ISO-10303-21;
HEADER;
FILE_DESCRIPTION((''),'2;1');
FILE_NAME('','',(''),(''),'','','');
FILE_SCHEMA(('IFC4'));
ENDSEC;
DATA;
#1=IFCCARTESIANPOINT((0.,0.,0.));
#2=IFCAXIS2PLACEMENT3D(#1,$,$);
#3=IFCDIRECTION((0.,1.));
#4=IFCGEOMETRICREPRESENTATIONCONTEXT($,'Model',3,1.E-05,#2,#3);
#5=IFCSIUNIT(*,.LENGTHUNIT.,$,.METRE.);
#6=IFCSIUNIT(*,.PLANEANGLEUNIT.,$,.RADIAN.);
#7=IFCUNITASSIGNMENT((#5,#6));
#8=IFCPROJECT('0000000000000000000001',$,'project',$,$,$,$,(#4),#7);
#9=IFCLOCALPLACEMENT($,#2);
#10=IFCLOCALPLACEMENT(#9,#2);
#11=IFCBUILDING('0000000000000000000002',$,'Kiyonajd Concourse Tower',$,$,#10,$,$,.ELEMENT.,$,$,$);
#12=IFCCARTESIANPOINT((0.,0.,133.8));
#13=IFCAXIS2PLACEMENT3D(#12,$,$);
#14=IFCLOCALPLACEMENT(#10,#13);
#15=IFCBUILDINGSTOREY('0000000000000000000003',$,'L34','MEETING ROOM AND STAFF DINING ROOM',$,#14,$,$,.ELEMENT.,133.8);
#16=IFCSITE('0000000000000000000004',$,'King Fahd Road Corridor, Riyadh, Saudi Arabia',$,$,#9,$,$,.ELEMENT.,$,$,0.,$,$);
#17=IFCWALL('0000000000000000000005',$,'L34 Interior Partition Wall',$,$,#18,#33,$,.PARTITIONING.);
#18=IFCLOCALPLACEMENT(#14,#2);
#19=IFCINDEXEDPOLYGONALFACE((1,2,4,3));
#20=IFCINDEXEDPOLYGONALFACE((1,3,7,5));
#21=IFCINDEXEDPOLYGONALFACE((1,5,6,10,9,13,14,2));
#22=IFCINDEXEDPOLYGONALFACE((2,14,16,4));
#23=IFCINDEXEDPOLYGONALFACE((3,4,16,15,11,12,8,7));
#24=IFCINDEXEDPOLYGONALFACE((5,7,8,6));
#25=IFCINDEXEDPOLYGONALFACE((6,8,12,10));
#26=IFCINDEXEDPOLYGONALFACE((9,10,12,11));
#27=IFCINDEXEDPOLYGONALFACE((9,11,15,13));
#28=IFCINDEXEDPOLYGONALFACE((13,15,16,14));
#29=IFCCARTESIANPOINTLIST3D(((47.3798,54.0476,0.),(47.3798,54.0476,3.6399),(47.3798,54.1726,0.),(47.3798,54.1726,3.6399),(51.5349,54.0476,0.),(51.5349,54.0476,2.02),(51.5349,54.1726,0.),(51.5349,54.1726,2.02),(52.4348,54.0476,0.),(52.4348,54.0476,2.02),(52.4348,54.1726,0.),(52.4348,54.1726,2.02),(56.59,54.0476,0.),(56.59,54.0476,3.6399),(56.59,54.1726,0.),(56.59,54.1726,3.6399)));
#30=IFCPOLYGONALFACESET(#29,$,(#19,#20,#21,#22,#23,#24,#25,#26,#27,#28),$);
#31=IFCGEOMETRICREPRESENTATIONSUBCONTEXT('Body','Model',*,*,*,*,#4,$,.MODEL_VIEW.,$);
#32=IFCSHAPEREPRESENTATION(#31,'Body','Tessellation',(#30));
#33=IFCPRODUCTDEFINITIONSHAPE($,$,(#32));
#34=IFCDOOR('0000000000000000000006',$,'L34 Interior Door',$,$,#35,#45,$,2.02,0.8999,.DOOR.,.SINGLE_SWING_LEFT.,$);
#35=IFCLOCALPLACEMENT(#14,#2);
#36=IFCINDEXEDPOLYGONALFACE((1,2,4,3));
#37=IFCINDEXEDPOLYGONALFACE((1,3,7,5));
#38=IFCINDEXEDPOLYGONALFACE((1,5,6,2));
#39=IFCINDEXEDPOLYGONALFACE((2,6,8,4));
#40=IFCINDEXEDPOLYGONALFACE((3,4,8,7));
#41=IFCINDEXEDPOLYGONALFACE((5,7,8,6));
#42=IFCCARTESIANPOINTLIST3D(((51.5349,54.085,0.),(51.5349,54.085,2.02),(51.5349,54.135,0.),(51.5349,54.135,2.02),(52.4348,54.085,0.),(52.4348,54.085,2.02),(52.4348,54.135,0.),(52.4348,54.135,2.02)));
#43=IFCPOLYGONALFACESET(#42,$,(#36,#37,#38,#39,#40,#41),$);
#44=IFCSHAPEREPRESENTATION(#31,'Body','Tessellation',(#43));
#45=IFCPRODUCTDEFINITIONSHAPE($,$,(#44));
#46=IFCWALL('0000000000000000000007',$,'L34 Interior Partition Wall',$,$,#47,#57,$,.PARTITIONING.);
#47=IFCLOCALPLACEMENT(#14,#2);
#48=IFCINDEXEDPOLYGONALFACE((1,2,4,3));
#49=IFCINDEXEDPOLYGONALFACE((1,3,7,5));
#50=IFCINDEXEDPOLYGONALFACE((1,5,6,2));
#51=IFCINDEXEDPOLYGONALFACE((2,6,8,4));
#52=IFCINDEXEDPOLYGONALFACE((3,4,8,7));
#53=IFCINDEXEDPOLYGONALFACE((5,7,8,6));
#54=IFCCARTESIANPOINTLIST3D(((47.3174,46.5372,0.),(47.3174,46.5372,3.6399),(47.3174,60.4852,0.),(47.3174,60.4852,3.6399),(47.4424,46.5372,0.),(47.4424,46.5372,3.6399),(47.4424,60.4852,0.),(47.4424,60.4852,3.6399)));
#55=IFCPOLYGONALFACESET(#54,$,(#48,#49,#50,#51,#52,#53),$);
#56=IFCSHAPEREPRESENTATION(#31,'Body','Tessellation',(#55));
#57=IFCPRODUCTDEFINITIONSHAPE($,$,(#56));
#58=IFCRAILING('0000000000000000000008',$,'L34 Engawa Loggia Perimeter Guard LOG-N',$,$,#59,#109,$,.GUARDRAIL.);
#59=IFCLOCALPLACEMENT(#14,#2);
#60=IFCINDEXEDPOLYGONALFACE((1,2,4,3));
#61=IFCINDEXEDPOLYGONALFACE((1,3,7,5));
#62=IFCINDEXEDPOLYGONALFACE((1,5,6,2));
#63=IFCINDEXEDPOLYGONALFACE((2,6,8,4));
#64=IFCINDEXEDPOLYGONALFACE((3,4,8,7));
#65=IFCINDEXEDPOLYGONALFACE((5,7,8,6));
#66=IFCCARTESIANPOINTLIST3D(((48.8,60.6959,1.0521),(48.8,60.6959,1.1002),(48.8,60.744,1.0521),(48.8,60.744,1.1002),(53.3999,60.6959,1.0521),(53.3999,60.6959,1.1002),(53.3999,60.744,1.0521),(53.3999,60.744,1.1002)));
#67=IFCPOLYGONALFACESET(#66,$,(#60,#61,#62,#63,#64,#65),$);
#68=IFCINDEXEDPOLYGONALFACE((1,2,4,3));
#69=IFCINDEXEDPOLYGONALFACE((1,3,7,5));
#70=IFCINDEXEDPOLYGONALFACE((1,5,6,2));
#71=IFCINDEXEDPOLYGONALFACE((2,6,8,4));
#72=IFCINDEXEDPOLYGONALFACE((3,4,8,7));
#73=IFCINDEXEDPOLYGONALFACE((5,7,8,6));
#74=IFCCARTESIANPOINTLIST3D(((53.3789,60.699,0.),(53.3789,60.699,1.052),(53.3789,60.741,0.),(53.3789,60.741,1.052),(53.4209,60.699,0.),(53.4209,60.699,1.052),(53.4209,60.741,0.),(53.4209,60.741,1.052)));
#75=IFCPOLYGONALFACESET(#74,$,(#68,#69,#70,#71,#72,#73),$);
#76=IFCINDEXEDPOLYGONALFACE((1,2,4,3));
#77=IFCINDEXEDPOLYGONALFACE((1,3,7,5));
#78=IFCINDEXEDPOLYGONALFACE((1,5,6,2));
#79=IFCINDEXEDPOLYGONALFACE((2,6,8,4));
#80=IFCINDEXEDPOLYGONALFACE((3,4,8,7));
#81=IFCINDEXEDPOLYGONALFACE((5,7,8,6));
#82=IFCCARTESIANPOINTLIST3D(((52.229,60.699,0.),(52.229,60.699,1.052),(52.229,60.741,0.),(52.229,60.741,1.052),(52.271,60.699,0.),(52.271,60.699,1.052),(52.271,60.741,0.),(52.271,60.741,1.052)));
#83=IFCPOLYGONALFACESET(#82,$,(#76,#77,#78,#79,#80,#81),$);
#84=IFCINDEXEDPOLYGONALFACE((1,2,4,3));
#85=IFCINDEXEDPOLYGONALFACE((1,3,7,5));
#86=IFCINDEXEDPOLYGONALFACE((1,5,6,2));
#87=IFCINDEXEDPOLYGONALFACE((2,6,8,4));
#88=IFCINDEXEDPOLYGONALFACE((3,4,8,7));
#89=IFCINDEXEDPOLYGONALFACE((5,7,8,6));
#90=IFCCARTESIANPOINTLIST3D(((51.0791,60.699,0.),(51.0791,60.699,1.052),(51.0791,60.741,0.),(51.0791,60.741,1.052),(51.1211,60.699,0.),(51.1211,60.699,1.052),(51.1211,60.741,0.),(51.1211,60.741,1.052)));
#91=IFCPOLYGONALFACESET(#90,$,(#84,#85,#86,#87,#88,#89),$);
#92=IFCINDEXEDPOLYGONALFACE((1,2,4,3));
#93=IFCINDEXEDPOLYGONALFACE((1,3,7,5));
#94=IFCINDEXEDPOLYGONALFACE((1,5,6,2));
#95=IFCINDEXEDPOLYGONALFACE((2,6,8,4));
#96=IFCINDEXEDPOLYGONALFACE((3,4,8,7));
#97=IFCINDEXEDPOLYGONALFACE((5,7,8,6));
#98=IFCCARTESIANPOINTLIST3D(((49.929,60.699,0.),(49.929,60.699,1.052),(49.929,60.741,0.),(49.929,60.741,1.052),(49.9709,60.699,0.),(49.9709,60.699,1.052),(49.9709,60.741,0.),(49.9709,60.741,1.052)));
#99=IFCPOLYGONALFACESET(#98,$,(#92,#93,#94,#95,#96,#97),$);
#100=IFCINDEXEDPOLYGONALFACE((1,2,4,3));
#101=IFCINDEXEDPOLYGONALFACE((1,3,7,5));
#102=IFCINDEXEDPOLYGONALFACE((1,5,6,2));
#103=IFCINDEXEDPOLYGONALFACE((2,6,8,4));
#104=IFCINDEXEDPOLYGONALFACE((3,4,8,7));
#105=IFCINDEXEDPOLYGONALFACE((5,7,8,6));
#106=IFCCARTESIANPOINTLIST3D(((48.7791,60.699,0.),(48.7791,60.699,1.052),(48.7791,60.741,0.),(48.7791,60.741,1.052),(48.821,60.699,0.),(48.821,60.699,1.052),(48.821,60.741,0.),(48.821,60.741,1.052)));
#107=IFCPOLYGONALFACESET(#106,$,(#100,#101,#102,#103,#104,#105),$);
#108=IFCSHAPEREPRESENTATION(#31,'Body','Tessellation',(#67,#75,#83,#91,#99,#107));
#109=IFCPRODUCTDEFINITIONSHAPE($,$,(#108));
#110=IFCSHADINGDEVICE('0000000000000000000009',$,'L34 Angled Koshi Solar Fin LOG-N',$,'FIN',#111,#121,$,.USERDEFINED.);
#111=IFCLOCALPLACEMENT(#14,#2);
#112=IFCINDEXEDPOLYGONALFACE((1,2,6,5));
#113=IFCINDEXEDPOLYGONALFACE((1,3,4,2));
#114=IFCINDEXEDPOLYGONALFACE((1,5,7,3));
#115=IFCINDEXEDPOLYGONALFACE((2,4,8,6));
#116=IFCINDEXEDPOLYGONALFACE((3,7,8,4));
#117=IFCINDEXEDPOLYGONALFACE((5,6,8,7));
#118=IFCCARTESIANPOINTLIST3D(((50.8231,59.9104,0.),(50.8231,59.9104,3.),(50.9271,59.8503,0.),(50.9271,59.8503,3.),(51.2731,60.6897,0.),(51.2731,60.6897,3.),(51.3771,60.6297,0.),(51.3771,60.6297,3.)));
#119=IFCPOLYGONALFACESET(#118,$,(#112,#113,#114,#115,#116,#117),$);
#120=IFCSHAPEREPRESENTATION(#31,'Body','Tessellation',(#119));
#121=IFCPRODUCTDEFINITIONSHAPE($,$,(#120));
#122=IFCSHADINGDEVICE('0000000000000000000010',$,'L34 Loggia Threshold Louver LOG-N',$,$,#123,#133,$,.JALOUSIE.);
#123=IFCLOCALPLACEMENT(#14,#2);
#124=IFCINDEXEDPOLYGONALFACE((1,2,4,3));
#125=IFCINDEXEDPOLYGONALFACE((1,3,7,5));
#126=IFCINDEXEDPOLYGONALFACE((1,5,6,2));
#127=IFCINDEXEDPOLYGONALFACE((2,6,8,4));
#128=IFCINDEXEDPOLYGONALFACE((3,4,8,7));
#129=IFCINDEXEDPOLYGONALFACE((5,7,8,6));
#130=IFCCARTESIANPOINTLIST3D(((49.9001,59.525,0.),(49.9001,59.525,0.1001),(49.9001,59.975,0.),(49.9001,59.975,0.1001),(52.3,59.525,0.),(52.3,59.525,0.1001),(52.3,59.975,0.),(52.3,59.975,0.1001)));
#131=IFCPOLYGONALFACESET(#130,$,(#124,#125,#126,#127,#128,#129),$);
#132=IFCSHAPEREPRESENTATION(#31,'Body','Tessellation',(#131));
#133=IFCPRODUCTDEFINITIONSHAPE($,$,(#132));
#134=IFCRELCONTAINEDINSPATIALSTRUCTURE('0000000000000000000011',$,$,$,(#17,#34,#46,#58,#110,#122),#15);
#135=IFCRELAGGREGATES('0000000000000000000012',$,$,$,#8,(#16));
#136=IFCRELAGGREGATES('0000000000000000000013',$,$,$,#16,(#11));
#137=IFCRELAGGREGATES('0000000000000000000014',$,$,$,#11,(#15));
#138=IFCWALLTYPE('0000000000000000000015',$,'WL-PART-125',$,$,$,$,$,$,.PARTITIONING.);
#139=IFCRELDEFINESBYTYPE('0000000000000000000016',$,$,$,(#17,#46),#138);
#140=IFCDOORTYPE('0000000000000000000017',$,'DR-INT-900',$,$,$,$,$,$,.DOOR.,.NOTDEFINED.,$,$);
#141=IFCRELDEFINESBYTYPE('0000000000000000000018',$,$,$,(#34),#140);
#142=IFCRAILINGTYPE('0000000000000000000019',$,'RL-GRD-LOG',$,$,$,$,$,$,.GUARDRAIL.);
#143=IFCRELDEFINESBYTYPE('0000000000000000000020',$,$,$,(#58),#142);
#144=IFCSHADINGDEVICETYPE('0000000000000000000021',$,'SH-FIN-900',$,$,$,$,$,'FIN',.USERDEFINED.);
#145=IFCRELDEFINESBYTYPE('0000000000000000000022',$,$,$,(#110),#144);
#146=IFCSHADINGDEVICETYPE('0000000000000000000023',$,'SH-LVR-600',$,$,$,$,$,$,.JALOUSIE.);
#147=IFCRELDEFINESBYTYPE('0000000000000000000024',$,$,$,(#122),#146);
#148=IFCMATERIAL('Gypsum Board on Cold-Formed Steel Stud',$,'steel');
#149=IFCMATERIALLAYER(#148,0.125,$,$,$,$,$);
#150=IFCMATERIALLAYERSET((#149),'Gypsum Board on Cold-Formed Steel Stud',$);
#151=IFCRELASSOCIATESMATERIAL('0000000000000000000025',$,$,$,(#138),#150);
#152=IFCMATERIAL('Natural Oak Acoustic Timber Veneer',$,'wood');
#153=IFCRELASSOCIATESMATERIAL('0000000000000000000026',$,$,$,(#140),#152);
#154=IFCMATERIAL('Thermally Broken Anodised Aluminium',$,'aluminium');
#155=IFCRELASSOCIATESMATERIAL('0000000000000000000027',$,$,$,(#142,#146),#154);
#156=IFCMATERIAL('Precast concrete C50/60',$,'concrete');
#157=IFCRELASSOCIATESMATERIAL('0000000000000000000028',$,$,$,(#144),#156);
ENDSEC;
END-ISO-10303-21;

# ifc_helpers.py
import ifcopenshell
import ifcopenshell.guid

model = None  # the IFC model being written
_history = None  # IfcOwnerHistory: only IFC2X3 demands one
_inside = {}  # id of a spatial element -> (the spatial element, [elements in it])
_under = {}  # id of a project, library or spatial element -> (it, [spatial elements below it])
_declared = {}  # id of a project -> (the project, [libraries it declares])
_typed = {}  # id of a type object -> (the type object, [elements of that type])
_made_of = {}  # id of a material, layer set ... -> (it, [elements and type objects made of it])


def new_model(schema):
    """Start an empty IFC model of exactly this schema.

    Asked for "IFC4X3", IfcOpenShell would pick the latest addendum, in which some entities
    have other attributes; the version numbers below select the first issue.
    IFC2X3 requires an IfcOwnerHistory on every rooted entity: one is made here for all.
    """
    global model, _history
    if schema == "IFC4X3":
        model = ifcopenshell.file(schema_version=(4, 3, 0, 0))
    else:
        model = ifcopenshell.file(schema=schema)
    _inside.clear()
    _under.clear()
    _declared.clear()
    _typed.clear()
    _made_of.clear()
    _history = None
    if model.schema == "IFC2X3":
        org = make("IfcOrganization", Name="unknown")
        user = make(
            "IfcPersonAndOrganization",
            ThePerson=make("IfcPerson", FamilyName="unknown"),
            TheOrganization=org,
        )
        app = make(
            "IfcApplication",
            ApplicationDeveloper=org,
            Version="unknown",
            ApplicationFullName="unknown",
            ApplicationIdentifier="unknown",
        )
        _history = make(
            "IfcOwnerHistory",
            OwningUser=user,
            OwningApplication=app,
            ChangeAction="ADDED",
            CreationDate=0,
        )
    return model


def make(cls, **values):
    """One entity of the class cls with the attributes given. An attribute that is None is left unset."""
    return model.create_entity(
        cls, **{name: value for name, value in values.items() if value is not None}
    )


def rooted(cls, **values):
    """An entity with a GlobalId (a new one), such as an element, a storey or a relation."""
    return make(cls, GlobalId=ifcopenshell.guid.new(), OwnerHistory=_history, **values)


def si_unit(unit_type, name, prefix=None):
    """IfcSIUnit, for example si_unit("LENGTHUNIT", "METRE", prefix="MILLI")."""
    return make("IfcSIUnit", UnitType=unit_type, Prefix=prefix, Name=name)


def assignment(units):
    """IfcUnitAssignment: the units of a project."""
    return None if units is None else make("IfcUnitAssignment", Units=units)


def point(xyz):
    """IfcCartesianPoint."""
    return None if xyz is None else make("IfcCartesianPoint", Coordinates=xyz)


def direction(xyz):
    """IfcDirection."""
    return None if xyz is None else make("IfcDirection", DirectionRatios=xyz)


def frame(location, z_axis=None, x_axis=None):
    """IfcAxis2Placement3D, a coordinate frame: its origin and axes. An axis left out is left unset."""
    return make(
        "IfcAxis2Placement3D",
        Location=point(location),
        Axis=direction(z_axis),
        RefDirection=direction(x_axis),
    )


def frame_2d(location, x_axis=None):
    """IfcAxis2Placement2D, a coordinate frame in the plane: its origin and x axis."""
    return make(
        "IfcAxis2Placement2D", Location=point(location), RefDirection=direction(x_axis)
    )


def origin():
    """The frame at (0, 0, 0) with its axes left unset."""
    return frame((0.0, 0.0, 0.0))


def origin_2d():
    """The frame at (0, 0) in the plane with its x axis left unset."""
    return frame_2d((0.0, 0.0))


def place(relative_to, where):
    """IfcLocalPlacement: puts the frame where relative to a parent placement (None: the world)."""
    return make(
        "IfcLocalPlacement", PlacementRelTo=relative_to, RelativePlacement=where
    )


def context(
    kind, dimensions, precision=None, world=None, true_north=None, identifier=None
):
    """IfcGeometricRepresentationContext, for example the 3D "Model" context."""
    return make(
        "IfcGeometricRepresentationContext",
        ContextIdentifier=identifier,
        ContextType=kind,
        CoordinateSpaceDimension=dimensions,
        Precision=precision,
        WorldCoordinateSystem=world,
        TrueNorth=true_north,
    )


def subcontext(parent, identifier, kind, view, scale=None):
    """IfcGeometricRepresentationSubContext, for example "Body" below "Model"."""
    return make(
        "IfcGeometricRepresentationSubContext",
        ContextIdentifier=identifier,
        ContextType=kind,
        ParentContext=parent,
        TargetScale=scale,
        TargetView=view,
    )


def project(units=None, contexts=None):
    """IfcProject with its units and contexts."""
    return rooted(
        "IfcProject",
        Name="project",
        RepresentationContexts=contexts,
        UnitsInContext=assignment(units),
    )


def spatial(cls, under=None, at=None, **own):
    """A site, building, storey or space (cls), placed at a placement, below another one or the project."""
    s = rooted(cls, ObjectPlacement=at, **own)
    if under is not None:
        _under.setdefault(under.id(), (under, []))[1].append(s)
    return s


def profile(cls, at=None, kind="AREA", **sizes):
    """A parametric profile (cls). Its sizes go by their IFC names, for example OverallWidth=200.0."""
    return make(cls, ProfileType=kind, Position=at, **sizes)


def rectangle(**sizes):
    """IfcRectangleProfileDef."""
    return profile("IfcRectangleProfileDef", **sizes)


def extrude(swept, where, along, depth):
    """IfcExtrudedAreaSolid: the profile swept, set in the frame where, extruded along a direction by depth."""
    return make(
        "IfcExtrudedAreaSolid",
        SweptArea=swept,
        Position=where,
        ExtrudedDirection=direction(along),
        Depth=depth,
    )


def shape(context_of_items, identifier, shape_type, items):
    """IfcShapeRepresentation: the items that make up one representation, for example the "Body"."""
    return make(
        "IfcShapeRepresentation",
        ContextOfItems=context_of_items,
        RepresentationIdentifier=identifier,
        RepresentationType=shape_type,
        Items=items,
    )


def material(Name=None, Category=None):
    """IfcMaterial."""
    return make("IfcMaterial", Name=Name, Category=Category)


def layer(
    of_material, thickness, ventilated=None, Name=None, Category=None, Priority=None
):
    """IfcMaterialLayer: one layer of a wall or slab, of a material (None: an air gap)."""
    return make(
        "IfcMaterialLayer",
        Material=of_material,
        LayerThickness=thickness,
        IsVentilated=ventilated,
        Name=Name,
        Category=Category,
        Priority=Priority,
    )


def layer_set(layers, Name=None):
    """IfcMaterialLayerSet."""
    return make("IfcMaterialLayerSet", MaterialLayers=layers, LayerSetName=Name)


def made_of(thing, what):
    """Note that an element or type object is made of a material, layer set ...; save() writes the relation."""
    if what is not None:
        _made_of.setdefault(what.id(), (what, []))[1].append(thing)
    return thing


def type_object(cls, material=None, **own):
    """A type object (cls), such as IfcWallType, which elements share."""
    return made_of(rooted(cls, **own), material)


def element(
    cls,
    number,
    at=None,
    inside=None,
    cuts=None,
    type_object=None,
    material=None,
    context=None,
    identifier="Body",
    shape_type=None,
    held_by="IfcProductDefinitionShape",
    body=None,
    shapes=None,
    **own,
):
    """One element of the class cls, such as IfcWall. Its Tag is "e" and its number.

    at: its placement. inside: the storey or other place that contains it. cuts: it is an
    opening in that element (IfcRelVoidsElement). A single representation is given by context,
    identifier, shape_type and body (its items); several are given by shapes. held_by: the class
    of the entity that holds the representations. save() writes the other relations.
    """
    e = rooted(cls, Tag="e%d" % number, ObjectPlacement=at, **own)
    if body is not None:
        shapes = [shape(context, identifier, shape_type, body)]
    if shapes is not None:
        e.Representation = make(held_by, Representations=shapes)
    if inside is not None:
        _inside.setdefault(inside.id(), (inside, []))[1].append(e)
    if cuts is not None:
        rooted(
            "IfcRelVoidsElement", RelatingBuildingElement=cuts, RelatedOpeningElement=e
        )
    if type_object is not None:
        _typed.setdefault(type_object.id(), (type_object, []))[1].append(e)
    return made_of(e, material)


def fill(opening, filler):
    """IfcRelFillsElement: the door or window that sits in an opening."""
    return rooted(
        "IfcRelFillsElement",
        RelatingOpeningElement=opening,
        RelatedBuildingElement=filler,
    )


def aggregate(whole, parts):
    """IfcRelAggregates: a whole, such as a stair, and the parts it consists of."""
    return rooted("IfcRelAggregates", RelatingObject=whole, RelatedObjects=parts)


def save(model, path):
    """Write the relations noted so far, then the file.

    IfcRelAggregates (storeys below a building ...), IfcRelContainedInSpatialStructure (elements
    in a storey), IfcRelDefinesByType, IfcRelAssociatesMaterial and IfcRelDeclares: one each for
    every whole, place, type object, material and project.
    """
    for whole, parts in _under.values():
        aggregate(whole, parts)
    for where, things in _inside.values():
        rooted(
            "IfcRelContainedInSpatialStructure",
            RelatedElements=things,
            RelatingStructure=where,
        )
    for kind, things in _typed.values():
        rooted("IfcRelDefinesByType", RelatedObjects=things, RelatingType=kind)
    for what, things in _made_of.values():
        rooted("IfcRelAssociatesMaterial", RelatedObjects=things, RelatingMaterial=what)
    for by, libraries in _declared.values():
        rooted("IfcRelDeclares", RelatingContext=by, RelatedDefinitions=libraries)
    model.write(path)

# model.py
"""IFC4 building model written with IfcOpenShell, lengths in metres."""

from ifc_helpers import new_model, si_unit, direction, frame, frame_2d, origin, origin_2d, place, context, subcontext, project, spatial, rectangle, extrude, material, layer, layer_set, type_object, element, fill, save


model = new_model("IFC4")

# Units and contexts
model_context = context("Model", 3, precision=1e-05, world=origin(), true_north=direction((0.0, 1.0)))
body_context = subcontext(model_context, "Body", "Model", "MODEL_VIEW")
ifc_project = project(units=[si_unit("LENGTHUNIT", "METRE"), si_unit("PLANEANGLEUNIT", "RADIAN")], contexts=[model_context])

# Site, building, storey
site_placement = place(None, origin())
site = spatial("IfcSite", under=ifc_project, at=site_placement, Name="King Fahd Road Corridor, Riyadh, Saudi Arabia", CompositionType="ELEMENT", RefElevation=0.0)
building_placement = place(site_placement, origin())
building = spatial("IfcBuilding", under=site, at=building_placement, Name="Kiyonajd Concourse Tower", CompositionType="ELEMENT")
storey_placement = place(building_placement, frame((0.0, 0.0, 133.8)))
storey = spatial("IfcBuildingStorey", under=building, at=storey_placement, Name="L34", Description="MEETING ROOM AND STAFF DINING ROOM", CompositionType="ELEMENT", Elevation=133.8)

# Shared definitions
ifc_material_1 = material(Name="Precast concrete C50/60", Category="concrete")

# Shared definitions
ifc_material_2 = material(Name="Thermally Broken Anodised Aluminium", Category="aluminium")

# Shared definitions
ifc_material_3 = material(Name="Gypsum Board on Cold-Formed Steel Stud", Category="steel")
ifc_layer_1 = layer(ifc_material_3, 0.125)
ifc_layer_set_1 = layer_set([ifc_layer_1], Name="Gypsum Board on Cold-Formed Steel Stud")
wall_type_1 = type_object("IfcWallType", Name="WL-PART-125", PredefinedType="PARTITIONING", material=ifc_layer_set_1)

# Wall, opening, door
wall_1_placement = place(storey_placement, frame((47.3799, 54.1101, 0.0), z_axis=(0.0, 0.0, 1.0), x_axis=(1.0, 0.0, 0.0)))
wall_1 = element("IfcWall", 1, at=wall_1_placement, inside=storey, type_object=wall_type_1, Name="L34 Interior Partition Wall", PredefinedType="PARTITIONING", context=body_context, shape_type="SweptSolid", body=[
    extrude(rectangle(XDim=9.2102, YDim=0.125, at=frame_2d((4.605, 0.0))), origin(), (0.0, 0.0, 1.0), 3.6399),
])
opening_1_placement = place(wall_1_placement, frame((4.155, 0.0, 0.0)))
opening_1 = element("IfcOpeningElement", 2, at=opening_1_placement, cuts=wall_1, PredefinedType="OPENING", context=body_context, shape_type="SweptSolid", body=[
    extrude(rectangle(XDim=0.8999, YDim=2.02, at=frame_2d((0.45, 1.01))), frame((0.0, 0.0725, 0.0), z_axis=(0.0, -1.0, 0.0), x_axis=(1.0, 0.0, 0.0)), (0.0, 0.0, 1.0), 0.145),
])
ifc_material_4 = material(Name="Natural Oak Acoustic Timber Veneer", Category="wood")
door_type_1 = type_object("IfcDoorType", Name="DR-INT-900", OperationType="NOTDEFINED", PredefinedType="DOOR", material=ifc_material_4)
door_1_placement = place(opening_1_placement, origin())
door_1 = element("IfcDoor", 3, at=door_1_placement, inside=storey, type_object=door_type_1, Name="L34 Interior Door", OperationType="SINGLE_SWING_LEFT", OverallHeight=2.02, OverallWidth=0.8999, PredefinedType="DOOR", context=body_context, shape_type="SweptSolid", body=[
    extrude(rectangle(XDim=0.8999, YDim=2.02, at=frame_2d((0.45, 1.01))), frame((0.0, 0.0249, 0.0), z_axis=(0.0, -1.0, 0.0), x_axis=(1.0, 0.0, 0.0)), (0.0, 0.0, 1.0), 0.05),
])
fill(opening_1, door_1)

# Wall
wall_2_placement = place(storey_placement, frame((47.3799, 46.5371, 0.0), z_axis=(0.0, 0.0, 1.0), x_axis=(0.0, 1.0, 0.0)))
element("IfcWall", 4, at=wall_2_placement, inside=storey, type_object=wall_type_1, Name="L34 Interior Partition Wall", PredefinedType="PARTITIONING", context=body_context, shape_type="SweptSolid", body=[
    extrude(rectangle(XDim=13.948, YDim=0.125, at=frame_2d((6.9741, 0.0))), origin(), (0.0, 0.0, 1.0), 3.6399),
])

# Railing
railing_type = type_object("IfcRailingType", Name="RL-GRD-LOG", PredefinedType="GUARDRAIL", material=ifc_material_2)
railing_placement = place(storey_placement, frame((53.3999, 60.72, 0.0)))
element("IfcRailing", 5, at=railing_placement, inside=storey, type_object=railing_type, Name="L34 Engawa Loggia Perimeter Guard LOG-N", PredefinedType="GUARDRAIL", context=body_context, shape_type="SweptSolid", body=[
    extrude(rectangle(XDim=0.0481, YDim=0.0481, at=origin_2d()), frame((0.0, 0.0, 1.0762), z_axis=(-1.0, 0.0, 0.0), x_axis=(0.0, -1.0, 0.0)), (0.0, 0.0, 1.0), 4.5999),
    extrude(rectangle(XDim=0.042, YDim=0.042, at=origin_2d()), origin(), (0.0, 0.0, 1.0), 1.052),
    extrude(rectangle(XDim=0.042, YDim=0.042, at=origin_2d()), frame((-1.1499, 0.0, 0.0)), (0.0, 0.0, 1.0), 1.052),
    extrude(rectangle(XDim=0.042, YDim=0.042, at=origin_2d()), frame((-2.2998, 0.0, 0.0)), (0.0, 0.0, 1.0), 1.052),
    extrude(rectangle(XDim=0.042, YDim=0.042, at=origin_2d()), frame((-3.45, 0.0, 0.0)), (0.0, 0.0, 1.0), 1.052),
    extrude(rectangle(XDim=0.042, YDim=0.042, at=origin_2d()), frame((-4.5999, 0.0, 0.0)), (0.0, 0.0, 1.0), 1.052),
])

# Shading devices
shading_device_type_1 = type_object("IfcShadingDeviceType", Name="SH-FIN-900", ElementType="FIN", PredefinedType="USERDEFINED", material=ifc_material_1)
shading_device_1_placement = place(storey_placement, frame((51.1001, 60.27, 0.0), z_axis=(0.0, 0.0, 1.0), x_axis=(0.5, 0.866025, 0.0)))
element("IfcShadingDevice", 6, at=shading_device_1_placement, inside=storey, type_object=shading_device_type_1, Name="L34 Angled Koshi Solar Fin LOG-N", ObjectType="FIN", PredefinedType="USERDEFINED", context=body_context, shape_type="SweptSolid", body=[
    extrude(rectangle(XDim=0.8999, YDim=0.1201, at=origin_2d()), origin(), (0.0, 0.0, 1.0), 3.0),
])
shading_device_type_2 = type_object("IfcShadingDeviceType", Name="SH-LVR-600", PredefinedType="JALOUSIE", material=ifc_material_2)
shading_device_2_placement = place(storey_placement, frame((51.1001, 59.75, 0.0), z_axis=(0.0, 0.0, 1.0), x_axis=(1.0, 0.0, 0.0)))
element("IfcShadingDevice", 7, at=shading_device_2_placement, inside=storey, type_object=shading_device_type_2, Name="L34 Loggia Threshold Louver LOG-N", PredefinedType="JALOUSIE", context=body_context, shape_type="SweptSolid", body=[
    extrude(rectangle(XDim=2.3999, YDim=0.45, at=origin_2d()), origin(), (0.0, 0.0, 1.0), 0.1001),
])

save(model, "model.ifc")
